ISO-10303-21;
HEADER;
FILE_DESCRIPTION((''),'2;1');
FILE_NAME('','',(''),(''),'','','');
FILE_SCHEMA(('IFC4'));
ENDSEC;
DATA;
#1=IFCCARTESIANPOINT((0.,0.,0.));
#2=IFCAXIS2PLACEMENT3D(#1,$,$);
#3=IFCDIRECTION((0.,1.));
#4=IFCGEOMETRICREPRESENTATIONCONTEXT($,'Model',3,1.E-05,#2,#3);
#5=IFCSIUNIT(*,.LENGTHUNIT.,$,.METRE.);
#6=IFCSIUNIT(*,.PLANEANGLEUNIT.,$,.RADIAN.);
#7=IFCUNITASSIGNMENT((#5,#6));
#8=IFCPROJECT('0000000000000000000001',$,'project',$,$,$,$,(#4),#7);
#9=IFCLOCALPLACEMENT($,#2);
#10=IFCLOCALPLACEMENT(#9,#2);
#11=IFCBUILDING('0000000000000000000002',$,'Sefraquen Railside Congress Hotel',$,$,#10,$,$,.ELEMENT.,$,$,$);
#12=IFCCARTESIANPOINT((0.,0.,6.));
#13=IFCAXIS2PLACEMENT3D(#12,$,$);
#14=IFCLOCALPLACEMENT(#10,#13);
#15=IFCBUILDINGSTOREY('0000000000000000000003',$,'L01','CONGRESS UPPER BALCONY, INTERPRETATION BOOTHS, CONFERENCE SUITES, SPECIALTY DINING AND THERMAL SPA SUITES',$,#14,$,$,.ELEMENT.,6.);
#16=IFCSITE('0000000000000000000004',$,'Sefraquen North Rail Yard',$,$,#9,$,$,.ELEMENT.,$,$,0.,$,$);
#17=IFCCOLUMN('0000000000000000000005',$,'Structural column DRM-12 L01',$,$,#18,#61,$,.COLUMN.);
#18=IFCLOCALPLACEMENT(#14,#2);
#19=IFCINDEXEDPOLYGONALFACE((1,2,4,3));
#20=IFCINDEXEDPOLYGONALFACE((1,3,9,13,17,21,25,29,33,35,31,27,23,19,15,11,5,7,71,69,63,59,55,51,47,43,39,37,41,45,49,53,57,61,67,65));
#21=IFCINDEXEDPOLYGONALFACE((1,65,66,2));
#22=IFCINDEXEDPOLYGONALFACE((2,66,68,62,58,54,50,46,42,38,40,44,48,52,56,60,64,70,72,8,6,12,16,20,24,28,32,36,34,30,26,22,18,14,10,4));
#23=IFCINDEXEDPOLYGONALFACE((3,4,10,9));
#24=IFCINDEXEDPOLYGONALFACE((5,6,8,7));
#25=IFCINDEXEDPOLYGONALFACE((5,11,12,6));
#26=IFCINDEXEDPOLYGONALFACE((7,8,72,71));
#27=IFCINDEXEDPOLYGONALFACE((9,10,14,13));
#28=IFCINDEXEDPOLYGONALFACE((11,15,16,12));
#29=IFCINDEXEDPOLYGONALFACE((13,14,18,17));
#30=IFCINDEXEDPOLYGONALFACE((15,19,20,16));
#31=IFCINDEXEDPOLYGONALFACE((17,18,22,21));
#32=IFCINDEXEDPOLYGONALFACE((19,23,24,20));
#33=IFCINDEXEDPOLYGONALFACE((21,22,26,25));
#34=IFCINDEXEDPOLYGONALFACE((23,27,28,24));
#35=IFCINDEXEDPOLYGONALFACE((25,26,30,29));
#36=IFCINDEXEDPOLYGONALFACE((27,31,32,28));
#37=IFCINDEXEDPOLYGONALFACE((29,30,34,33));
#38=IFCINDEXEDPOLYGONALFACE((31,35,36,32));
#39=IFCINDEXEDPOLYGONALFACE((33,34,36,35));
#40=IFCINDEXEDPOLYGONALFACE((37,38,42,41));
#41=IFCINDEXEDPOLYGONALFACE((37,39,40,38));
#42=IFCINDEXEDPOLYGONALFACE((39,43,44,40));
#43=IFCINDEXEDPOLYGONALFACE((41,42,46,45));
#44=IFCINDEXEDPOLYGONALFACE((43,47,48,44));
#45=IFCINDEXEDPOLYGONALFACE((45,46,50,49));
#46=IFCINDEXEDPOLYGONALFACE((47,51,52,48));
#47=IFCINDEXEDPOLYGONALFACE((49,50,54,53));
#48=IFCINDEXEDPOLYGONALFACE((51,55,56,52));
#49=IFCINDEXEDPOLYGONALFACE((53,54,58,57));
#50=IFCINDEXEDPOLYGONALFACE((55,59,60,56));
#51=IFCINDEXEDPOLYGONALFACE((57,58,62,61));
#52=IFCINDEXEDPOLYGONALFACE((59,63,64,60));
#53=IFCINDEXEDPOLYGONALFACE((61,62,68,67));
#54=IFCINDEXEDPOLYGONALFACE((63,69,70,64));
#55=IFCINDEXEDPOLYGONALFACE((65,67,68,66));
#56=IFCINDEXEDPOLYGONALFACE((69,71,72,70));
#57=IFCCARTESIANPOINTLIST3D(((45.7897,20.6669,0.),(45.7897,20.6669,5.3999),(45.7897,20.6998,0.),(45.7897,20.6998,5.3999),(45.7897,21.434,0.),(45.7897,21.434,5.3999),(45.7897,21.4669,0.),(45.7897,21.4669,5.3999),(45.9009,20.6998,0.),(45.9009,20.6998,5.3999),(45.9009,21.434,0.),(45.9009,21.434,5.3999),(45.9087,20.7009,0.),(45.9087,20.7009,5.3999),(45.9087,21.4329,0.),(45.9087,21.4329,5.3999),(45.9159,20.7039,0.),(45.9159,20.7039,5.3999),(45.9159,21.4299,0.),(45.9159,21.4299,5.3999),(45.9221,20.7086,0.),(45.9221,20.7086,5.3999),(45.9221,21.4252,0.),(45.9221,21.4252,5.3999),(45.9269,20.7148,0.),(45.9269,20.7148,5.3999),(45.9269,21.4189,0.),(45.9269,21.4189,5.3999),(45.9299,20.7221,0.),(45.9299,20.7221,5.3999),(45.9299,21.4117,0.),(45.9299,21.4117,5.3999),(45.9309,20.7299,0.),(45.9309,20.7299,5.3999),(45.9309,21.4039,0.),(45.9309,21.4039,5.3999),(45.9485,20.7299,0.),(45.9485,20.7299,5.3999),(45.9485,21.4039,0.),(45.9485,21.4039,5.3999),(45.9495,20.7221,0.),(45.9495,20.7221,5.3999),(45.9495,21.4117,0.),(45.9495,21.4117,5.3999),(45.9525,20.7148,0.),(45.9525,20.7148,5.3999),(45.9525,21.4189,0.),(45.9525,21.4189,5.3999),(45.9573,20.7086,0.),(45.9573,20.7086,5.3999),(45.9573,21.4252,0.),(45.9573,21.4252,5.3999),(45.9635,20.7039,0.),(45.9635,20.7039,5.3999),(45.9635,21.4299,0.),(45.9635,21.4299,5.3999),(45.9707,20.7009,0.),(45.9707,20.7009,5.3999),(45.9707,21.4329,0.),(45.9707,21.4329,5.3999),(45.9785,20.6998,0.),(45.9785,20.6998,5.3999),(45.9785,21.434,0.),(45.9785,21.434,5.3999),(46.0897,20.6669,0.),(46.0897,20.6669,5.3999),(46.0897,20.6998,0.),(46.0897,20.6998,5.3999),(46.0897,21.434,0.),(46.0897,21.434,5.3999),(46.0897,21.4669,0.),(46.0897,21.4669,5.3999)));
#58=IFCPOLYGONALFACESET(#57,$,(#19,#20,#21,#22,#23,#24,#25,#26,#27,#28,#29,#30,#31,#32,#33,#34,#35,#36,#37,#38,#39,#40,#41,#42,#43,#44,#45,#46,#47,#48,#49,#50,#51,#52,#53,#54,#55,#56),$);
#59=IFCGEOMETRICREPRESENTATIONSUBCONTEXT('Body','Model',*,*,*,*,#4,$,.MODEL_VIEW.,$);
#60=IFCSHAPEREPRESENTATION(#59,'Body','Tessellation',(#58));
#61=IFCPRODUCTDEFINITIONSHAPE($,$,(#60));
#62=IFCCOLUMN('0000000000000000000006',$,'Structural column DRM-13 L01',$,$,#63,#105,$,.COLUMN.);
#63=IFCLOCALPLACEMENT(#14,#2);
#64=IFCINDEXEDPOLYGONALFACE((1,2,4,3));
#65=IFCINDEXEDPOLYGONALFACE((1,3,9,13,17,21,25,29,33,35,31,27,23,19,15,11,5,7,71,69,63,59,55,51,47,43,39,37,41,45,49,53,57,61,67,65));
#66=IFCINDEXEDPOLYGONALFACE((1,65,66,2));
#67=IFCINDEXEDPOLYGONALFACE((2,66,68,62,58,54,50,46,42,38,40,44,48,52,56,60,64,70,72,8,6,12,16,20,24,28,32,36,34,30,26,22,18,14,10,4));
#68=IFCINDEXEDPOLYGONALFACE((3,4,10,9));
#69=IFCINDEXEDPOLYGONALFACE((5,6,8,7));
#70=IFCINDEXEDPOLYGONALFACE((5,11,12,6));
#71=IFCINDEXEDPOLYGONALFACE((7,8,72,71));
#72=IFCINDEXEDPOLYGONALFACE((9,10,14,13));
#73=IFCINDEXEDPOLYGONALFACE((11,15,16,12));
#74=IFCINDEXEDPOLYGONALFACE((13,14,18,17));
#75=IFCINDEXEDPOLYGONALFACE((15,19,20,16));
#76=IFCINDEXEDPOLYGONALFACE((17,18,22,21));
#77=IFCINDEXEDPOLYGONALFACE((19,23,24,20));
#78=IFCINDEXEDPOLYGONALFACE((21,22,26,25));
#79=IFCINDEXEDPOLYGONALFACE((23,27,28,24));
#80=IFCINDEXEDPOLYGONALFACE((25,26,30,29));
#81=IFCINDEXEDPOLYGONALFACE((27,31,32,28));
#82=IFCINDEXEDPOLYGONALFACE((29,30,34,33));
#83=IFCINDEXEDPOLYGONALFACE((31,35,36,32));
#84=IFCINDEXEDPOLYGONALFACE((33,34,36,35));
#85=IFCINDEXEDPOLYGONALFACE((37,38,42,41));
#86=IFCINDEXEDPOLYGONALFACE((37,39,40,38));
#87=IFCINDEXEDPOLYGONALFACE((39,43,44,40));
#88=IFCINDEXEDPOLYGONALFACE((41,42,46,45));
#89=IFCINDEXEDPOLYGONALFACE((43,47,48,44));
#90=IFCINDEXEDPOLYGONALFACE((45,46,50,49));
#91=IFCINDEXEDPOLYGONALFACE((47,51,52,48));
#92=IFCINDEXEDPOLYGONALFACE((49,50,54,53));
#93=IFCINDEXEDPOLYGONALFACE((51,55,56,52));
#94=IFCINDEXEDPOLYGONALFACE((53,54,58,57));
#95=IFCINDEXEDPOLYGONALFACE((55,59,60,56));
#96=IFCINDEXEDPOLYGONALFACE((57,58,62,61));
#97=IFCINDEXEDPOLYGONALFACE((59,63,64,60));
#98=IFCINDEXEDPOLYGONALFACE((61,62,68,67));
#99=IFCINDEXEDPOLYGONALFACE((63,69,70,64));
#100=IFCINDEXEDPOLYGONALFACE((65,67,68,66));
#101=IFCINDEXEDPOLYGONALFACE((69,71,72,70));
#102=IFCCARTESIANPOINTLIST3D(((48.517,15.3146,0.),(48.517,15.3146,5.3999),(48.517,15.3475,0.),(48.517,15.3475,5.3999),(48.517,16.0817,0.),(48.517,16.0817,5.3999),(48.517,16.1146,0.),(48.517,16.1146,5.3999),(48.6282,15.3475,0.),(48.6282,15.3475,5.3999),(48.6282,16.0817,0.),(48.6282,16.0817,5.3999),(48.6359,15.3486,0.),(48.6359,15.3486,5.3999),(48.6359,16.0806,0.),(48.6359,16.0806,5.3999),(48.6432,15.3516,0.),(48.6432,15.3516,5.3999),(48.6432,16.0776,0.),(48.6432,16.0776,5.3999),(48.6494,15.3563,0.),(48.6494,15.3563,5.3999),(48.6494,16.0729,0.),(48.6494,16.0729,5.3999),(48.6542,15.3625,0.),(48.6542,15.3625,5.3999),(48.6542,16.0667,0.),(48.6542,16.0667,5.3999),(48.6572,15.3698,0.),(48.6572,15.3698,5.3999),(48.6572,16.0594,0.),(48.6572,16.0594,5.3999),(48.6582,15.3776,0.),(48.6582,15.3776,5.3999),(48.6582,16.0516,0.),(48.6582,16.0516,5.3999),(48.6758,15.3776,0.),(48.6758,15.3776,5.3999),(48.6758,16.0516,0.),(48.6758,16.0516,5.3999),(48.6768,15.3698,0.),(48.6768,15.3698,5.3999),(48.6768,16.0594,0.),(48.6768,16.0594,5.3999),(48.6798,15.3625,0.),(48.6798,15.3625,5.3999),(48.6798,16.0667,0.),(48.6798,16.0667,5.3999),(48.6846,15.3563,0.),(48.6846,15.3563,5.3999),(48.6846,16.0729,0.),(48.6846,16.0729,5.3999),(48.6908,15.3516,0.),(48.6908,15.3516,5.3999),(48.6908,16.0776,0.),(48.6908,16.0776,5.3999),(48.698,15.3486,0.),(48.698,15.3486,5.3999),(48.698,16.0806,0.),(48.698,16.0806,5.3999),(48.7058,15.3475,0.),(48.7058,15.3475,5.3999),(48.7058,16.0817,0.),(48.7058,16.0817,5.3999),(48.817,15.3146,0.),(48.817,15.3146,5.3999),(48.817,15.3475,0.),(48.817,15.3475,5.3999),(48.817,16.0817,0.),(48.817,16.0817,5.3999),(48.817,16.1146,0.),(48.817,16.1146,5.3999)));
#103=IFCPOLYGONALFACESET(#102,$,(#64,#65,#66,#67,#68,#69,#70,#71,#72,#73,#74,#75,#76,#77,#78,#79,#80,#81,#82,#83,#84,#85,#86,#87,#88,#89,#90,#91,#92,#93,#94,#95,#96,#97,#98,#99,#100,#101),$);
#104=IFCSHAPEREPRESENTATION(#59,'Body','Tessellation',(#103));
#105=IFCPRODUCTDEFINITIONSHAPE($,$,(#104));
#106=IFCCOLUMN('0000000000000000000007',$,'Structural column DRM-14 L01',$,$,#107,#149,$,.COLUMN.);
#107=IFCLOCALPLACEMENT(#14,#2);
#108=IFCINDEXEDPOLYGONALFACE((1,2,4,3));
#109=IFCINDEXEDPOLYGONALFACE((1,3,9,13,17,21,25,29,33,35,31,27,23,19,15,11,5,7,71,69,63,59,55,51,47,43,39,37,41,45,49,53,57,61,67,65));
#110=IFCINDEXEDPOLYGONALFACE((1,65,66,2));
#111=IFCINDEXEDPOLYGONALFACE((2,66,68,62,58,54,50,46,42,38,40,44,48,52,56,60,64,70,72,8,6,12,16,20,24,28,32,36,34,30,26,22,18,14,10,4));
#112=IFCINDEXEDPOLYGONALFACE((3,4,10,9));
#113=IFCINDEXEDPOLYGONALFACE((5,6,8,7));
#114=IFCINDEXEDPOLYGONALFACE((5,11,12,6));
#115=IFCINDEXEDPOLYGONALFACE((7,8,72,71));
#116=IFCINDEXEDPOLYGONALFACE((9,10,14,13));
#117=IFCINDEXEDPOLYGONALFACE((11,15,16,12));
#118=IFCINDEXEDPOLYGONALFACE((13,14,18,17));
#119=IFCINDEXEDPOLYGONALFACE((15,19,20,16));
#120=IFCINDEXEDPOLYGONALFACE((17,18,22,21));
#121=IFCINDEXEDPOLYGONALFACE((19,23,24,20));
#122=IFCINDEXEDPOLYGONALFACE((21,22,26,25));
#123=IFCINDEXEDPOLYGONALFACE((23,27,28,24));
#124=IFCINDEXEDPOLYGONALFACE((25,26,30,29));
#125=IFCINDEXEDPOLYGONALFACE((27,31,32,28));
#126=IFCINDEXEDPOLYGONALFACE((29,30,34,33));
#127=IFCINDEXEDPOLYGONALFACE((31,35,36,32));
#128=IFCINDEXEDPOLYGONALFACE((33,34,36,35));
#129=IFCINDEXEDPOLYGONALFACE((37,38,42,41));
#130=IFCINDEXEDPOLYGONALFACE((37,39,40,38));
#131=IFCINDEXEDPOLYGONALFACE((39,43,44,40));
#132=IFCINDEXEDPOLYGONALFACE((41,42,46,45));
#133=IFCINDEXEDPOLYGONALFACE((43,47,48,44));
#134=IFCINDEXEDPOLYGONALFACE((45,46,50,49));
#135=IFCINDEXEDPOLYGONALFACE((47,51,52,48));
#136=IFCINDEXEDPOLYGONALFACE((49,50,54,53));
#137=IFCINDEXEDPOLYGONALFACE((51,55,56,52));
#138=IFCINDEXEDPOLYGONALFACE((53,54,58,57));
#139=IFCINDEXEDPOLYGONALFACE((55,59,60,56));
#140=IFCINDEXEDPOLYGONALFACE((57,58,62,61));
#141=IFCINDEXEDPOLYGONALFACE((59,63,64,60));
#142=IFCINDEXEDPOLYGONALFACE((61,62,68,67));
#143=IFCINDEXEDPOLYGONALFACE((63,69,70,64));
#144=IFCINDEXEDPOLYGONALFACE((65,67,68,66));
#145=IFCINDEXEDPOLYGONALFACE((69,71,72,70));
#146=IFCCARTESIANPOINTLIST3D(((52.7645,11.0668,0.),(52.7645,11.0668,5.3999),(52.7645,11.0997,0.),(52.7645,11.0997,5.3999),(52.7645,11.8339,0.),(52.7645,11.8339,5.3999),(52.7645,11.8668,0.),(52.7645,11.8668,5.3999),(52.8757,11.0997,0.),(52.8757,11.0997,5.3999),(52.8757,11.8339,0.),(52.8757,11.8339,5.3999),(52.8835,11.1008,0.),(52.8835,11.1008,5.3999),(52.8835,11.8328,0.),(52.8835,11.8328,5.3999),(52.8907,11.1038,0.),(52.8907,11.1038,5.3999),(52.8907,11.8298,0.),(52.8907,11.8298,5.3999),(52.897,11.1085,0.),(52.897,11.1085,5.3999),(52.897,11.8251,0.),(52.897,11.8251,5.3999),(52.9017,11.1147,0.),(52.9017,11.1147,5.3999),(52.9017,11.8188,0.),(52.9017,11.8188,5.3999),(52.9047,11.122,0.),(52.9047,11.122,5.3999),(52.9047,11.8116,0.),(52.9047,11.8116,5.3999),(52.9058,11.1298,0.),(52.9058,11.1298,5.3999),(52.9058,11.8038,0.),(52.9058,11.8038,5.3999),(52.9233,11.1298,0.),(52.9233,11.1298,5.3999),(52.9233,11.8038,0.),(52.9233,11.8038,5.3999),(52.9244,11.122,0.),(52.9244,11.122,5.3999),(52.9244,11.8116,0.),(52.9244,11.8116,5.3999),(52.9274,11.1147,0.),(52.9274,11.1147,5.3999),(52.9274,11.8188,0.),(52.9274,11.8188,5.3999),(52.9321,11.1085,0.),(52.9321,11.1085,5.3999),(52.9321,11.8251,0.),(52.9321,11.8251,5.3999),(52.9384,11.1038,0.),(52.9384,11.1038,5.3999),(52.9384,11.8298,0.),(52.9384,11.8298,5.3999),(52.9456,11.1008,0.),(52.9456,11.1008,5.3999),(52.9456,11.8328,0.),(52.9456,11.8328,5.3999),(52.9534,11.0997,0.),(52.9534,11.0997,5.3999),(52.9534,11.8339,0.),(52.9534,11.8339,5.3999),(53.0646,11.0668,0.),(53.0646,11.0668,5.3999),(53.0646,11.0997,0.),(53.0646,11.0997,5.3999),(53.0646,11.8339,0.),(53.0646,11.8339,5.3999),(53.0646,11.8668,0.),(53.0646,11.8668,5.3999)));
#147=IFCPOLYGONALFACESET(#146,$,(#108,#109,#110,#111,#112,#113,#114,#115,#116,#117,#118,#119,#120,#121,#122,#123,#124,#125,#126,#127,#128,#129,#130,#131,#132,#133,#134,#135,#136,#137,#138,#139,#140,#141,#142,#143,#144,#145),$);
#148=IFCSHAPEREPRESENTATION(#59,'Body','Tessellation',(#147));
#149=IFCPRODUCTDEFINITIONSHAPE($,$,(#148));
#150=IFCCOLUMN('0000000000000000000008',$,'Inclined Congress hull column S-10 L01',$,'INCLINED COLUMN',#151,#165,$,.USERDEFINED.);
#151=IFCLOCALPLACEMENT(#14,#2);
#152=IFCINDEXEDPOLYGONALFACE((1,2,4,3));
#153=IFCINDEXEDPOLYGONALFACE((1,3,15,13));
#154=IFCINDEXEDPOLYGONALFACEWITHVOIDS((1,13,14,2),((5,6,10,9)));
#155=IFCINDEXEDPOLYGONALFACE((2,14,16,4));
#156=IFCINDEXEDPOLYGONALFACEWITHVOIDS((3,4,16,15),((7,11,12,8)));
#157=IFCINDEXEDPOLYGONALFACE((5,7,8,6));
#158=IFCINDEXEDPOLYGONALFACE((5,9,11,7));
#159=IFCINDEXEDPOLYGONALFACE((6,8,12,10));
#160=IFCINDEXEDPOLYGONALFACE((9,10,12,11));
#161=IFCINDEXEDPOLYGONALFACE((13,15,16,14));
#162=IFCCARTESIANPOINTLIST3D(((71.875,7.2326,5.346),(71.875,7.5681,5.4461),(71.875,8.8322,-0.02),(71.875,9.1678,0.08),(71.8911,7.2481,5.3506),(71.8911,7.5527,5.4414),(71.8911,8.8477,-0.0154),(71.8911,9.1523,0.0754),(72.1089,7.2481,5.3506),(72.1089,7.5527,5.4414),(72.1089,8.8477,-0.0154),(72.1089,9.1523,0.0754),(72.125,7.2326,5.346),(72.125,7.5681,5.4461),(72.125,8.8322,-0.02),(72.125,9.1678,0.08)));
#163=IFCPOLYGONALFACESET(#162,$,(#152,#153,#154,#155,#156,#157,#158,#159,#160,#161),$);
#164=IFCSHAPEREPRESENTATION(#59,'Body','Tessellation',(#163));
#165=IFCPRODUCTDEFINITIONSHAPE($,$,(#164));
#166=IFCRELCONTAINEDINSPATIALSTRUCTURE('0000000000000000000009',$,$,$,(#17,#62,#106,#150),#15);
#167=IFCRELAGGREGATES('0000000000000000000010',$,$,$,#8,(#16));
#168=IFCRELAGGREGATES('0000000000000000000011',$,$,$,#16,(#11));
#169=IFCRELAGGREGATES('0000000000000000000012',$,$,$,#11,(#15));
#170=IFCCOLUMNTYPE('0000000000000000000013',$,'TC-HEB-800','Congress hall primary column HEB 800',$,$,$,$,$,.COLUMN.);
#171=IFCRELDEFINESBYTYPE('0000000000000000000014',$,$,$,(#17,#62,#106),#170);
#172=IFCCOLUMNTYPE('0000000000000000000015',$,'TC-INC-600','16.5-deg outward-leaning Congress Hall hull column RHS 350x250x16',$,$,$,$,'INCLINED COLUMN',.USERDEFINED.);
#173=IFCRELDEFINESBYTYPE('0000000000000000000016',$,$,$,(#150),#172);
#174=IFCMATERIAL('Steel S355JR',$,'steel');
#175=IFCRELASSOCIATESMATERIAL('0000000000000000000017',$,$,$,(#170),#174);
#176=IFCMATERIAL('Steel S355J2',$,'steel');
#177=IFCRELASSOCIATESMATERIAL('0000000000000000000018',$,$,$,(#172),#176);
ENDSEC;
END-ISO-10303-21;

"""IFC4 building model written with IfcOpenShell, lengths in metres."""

from ifc_helpers import new_model, si_unit, direction, frame, origin, origin_2d, place, context, subcontext, project, spatial, hollow_rectangle, i_section, extrude, material, material_profile, profile_set, type_object, element, save


model = new_model("IFC4")

# Units and contexts
model_context = context("Model", 3, precision=1e-05, world=origin(), true_north=direction((0.0, 1.0)))
body_context = subcontext(model_context, "Body", "Model", "MODEL_VIEW")
ifc_project = project(units=[si_unit("LENGTHUNIT", "METRE"), si_unit("PLANEANGLEUNIT", "RADIAN")], contexts=[model_context])

# Site, building, storey
site_placement = place(None, origin())
site = spatial("IfcSite", under=ifc_project, at=site_placement, Name="Sefraquen North Rail Yard", CompositionType="ELEMENT", RefElevation=0.0)
building_placement = place(site_placement, origin())
building = spatial("IfcBuilding", under=site, at=building_placement, Name="Sefraquen Railside Congress Hotel", CompositionType="ELEMENT")
storey_placement = place(building_placement, frame((0.0, 0.0, 6.0)))
storey = spatial("IfcBuildingStorey", under=building, at=storey_placement, Name="L01", Description="CONGRESS UPPER BALCONY, INTERPRETATION BOOTHS, CONFERENCE SUITES, SPECIALTY DINING AND THERMAL SPA SUITES", CompositionType="ELEMENT", Elevation=6.0)

# Columns
ifc_material_1 = material(Name="Steel S355JR", Category="steel")
ifc_material_profile_1 = material_profile(ifc_material_1, i_section(OverallWidth=0.3, OverallDepth=0.8, WebThickness=0.0176, FlangeThickness=0.033, FilletRadius=0.03, at=origin_2d()), Name="HEB 800")
ifc_profile_set_1 = profile_set([ifc_material_profile_1], Name="Steel S355JR")
column_type_1 = type_object("IfcColumnType", Name="TC-HEB-800", Description="Congress hall primary column HEB 800", PredefinedType="COLUMN", material=ifc_profile_set_1)
for number, where, z_axis, x_axis, name in (
    (1, (45.9397, 21.0669, 0.0), (0.0, 0.0, 1.0), (1.0, 0.0, 0.0), "Structural column DRM-12 L01"),
    (2, (48.667, 15.7146, 0.0), (0.0, 0.0, 1.0), (1.0, 0.0, 0.0), "Structural column DRM-13 L01"),
    (3, (52.9146, 11.4668, 0.0), (0.0, 0.0, 1.0), (1.0, 0.0, 0.0), "Structural column DRM-14 L01"),
):
    element("IfcColumn", number, at=place(storey_placement, frame(where, z_axis=z_axis, x_axis=x_axis)), inside=storey, type_object=column_type_1, Name=name, PredefinedType="COLUMN", context=body_context, shape_type="SweptSolid", body=[
        extrude(i_section(OverallWidth=0.3, OverallDepth=0.8, WebThickness=0.0176, FlangeThickness=0.033, FilletRadius=0.03, at=origin_2d()), origin(), (0.0, 0.0, 1.0), 5.3999),
    ])
ifc_material_2 = material(Name="Steel S355J2", Category="steel")
ifc_material_profile_2 = material_profile(ifc_material_2, hollow_rectangle(XDim=0.25, YDim=0.3501, WallThickness=0.0161, at=origin_2d()), Name="RHS 350x250x16")
ifc_profile_set_2 = profile_set([ifc_material_profile_2], Name="Steel S355J2")
column_type_2 = type_object("IfcColumnType", Name="TC-INC-600", Description="16.5-deg outward-leaning Congress Hall hull column RHS 350x250x16", ElementType="INCLINED COLUMN", PredefinedType="USERDEFINED", material=ifc_profile_set_2)
column_placement = place(storey_placement, frame((72.0, 9.0, 0.03), z_axis=(0.0, -0.285679, 0.958325), x_axis=(1.0, 0.0, 0.0)))
element("IfcColumn", 4, at=column_placement, inside=storey, type_object=column_type_2, Name="Inclined Congress hull column S-10 L01", ObjectType="INCLINED COLUMN", PredefinedType="USERDEFINED", context=body_context, shape_type="SweptSolid", body=[
    extrude(hollow_rectangle(XDim=0.25, YDim=0.3501, WallThickness=0.0161, at=origin_2d()), origin(), (0.0, 0.0, 1.0), 5.5994),
])

save(model, "model.ifc")
